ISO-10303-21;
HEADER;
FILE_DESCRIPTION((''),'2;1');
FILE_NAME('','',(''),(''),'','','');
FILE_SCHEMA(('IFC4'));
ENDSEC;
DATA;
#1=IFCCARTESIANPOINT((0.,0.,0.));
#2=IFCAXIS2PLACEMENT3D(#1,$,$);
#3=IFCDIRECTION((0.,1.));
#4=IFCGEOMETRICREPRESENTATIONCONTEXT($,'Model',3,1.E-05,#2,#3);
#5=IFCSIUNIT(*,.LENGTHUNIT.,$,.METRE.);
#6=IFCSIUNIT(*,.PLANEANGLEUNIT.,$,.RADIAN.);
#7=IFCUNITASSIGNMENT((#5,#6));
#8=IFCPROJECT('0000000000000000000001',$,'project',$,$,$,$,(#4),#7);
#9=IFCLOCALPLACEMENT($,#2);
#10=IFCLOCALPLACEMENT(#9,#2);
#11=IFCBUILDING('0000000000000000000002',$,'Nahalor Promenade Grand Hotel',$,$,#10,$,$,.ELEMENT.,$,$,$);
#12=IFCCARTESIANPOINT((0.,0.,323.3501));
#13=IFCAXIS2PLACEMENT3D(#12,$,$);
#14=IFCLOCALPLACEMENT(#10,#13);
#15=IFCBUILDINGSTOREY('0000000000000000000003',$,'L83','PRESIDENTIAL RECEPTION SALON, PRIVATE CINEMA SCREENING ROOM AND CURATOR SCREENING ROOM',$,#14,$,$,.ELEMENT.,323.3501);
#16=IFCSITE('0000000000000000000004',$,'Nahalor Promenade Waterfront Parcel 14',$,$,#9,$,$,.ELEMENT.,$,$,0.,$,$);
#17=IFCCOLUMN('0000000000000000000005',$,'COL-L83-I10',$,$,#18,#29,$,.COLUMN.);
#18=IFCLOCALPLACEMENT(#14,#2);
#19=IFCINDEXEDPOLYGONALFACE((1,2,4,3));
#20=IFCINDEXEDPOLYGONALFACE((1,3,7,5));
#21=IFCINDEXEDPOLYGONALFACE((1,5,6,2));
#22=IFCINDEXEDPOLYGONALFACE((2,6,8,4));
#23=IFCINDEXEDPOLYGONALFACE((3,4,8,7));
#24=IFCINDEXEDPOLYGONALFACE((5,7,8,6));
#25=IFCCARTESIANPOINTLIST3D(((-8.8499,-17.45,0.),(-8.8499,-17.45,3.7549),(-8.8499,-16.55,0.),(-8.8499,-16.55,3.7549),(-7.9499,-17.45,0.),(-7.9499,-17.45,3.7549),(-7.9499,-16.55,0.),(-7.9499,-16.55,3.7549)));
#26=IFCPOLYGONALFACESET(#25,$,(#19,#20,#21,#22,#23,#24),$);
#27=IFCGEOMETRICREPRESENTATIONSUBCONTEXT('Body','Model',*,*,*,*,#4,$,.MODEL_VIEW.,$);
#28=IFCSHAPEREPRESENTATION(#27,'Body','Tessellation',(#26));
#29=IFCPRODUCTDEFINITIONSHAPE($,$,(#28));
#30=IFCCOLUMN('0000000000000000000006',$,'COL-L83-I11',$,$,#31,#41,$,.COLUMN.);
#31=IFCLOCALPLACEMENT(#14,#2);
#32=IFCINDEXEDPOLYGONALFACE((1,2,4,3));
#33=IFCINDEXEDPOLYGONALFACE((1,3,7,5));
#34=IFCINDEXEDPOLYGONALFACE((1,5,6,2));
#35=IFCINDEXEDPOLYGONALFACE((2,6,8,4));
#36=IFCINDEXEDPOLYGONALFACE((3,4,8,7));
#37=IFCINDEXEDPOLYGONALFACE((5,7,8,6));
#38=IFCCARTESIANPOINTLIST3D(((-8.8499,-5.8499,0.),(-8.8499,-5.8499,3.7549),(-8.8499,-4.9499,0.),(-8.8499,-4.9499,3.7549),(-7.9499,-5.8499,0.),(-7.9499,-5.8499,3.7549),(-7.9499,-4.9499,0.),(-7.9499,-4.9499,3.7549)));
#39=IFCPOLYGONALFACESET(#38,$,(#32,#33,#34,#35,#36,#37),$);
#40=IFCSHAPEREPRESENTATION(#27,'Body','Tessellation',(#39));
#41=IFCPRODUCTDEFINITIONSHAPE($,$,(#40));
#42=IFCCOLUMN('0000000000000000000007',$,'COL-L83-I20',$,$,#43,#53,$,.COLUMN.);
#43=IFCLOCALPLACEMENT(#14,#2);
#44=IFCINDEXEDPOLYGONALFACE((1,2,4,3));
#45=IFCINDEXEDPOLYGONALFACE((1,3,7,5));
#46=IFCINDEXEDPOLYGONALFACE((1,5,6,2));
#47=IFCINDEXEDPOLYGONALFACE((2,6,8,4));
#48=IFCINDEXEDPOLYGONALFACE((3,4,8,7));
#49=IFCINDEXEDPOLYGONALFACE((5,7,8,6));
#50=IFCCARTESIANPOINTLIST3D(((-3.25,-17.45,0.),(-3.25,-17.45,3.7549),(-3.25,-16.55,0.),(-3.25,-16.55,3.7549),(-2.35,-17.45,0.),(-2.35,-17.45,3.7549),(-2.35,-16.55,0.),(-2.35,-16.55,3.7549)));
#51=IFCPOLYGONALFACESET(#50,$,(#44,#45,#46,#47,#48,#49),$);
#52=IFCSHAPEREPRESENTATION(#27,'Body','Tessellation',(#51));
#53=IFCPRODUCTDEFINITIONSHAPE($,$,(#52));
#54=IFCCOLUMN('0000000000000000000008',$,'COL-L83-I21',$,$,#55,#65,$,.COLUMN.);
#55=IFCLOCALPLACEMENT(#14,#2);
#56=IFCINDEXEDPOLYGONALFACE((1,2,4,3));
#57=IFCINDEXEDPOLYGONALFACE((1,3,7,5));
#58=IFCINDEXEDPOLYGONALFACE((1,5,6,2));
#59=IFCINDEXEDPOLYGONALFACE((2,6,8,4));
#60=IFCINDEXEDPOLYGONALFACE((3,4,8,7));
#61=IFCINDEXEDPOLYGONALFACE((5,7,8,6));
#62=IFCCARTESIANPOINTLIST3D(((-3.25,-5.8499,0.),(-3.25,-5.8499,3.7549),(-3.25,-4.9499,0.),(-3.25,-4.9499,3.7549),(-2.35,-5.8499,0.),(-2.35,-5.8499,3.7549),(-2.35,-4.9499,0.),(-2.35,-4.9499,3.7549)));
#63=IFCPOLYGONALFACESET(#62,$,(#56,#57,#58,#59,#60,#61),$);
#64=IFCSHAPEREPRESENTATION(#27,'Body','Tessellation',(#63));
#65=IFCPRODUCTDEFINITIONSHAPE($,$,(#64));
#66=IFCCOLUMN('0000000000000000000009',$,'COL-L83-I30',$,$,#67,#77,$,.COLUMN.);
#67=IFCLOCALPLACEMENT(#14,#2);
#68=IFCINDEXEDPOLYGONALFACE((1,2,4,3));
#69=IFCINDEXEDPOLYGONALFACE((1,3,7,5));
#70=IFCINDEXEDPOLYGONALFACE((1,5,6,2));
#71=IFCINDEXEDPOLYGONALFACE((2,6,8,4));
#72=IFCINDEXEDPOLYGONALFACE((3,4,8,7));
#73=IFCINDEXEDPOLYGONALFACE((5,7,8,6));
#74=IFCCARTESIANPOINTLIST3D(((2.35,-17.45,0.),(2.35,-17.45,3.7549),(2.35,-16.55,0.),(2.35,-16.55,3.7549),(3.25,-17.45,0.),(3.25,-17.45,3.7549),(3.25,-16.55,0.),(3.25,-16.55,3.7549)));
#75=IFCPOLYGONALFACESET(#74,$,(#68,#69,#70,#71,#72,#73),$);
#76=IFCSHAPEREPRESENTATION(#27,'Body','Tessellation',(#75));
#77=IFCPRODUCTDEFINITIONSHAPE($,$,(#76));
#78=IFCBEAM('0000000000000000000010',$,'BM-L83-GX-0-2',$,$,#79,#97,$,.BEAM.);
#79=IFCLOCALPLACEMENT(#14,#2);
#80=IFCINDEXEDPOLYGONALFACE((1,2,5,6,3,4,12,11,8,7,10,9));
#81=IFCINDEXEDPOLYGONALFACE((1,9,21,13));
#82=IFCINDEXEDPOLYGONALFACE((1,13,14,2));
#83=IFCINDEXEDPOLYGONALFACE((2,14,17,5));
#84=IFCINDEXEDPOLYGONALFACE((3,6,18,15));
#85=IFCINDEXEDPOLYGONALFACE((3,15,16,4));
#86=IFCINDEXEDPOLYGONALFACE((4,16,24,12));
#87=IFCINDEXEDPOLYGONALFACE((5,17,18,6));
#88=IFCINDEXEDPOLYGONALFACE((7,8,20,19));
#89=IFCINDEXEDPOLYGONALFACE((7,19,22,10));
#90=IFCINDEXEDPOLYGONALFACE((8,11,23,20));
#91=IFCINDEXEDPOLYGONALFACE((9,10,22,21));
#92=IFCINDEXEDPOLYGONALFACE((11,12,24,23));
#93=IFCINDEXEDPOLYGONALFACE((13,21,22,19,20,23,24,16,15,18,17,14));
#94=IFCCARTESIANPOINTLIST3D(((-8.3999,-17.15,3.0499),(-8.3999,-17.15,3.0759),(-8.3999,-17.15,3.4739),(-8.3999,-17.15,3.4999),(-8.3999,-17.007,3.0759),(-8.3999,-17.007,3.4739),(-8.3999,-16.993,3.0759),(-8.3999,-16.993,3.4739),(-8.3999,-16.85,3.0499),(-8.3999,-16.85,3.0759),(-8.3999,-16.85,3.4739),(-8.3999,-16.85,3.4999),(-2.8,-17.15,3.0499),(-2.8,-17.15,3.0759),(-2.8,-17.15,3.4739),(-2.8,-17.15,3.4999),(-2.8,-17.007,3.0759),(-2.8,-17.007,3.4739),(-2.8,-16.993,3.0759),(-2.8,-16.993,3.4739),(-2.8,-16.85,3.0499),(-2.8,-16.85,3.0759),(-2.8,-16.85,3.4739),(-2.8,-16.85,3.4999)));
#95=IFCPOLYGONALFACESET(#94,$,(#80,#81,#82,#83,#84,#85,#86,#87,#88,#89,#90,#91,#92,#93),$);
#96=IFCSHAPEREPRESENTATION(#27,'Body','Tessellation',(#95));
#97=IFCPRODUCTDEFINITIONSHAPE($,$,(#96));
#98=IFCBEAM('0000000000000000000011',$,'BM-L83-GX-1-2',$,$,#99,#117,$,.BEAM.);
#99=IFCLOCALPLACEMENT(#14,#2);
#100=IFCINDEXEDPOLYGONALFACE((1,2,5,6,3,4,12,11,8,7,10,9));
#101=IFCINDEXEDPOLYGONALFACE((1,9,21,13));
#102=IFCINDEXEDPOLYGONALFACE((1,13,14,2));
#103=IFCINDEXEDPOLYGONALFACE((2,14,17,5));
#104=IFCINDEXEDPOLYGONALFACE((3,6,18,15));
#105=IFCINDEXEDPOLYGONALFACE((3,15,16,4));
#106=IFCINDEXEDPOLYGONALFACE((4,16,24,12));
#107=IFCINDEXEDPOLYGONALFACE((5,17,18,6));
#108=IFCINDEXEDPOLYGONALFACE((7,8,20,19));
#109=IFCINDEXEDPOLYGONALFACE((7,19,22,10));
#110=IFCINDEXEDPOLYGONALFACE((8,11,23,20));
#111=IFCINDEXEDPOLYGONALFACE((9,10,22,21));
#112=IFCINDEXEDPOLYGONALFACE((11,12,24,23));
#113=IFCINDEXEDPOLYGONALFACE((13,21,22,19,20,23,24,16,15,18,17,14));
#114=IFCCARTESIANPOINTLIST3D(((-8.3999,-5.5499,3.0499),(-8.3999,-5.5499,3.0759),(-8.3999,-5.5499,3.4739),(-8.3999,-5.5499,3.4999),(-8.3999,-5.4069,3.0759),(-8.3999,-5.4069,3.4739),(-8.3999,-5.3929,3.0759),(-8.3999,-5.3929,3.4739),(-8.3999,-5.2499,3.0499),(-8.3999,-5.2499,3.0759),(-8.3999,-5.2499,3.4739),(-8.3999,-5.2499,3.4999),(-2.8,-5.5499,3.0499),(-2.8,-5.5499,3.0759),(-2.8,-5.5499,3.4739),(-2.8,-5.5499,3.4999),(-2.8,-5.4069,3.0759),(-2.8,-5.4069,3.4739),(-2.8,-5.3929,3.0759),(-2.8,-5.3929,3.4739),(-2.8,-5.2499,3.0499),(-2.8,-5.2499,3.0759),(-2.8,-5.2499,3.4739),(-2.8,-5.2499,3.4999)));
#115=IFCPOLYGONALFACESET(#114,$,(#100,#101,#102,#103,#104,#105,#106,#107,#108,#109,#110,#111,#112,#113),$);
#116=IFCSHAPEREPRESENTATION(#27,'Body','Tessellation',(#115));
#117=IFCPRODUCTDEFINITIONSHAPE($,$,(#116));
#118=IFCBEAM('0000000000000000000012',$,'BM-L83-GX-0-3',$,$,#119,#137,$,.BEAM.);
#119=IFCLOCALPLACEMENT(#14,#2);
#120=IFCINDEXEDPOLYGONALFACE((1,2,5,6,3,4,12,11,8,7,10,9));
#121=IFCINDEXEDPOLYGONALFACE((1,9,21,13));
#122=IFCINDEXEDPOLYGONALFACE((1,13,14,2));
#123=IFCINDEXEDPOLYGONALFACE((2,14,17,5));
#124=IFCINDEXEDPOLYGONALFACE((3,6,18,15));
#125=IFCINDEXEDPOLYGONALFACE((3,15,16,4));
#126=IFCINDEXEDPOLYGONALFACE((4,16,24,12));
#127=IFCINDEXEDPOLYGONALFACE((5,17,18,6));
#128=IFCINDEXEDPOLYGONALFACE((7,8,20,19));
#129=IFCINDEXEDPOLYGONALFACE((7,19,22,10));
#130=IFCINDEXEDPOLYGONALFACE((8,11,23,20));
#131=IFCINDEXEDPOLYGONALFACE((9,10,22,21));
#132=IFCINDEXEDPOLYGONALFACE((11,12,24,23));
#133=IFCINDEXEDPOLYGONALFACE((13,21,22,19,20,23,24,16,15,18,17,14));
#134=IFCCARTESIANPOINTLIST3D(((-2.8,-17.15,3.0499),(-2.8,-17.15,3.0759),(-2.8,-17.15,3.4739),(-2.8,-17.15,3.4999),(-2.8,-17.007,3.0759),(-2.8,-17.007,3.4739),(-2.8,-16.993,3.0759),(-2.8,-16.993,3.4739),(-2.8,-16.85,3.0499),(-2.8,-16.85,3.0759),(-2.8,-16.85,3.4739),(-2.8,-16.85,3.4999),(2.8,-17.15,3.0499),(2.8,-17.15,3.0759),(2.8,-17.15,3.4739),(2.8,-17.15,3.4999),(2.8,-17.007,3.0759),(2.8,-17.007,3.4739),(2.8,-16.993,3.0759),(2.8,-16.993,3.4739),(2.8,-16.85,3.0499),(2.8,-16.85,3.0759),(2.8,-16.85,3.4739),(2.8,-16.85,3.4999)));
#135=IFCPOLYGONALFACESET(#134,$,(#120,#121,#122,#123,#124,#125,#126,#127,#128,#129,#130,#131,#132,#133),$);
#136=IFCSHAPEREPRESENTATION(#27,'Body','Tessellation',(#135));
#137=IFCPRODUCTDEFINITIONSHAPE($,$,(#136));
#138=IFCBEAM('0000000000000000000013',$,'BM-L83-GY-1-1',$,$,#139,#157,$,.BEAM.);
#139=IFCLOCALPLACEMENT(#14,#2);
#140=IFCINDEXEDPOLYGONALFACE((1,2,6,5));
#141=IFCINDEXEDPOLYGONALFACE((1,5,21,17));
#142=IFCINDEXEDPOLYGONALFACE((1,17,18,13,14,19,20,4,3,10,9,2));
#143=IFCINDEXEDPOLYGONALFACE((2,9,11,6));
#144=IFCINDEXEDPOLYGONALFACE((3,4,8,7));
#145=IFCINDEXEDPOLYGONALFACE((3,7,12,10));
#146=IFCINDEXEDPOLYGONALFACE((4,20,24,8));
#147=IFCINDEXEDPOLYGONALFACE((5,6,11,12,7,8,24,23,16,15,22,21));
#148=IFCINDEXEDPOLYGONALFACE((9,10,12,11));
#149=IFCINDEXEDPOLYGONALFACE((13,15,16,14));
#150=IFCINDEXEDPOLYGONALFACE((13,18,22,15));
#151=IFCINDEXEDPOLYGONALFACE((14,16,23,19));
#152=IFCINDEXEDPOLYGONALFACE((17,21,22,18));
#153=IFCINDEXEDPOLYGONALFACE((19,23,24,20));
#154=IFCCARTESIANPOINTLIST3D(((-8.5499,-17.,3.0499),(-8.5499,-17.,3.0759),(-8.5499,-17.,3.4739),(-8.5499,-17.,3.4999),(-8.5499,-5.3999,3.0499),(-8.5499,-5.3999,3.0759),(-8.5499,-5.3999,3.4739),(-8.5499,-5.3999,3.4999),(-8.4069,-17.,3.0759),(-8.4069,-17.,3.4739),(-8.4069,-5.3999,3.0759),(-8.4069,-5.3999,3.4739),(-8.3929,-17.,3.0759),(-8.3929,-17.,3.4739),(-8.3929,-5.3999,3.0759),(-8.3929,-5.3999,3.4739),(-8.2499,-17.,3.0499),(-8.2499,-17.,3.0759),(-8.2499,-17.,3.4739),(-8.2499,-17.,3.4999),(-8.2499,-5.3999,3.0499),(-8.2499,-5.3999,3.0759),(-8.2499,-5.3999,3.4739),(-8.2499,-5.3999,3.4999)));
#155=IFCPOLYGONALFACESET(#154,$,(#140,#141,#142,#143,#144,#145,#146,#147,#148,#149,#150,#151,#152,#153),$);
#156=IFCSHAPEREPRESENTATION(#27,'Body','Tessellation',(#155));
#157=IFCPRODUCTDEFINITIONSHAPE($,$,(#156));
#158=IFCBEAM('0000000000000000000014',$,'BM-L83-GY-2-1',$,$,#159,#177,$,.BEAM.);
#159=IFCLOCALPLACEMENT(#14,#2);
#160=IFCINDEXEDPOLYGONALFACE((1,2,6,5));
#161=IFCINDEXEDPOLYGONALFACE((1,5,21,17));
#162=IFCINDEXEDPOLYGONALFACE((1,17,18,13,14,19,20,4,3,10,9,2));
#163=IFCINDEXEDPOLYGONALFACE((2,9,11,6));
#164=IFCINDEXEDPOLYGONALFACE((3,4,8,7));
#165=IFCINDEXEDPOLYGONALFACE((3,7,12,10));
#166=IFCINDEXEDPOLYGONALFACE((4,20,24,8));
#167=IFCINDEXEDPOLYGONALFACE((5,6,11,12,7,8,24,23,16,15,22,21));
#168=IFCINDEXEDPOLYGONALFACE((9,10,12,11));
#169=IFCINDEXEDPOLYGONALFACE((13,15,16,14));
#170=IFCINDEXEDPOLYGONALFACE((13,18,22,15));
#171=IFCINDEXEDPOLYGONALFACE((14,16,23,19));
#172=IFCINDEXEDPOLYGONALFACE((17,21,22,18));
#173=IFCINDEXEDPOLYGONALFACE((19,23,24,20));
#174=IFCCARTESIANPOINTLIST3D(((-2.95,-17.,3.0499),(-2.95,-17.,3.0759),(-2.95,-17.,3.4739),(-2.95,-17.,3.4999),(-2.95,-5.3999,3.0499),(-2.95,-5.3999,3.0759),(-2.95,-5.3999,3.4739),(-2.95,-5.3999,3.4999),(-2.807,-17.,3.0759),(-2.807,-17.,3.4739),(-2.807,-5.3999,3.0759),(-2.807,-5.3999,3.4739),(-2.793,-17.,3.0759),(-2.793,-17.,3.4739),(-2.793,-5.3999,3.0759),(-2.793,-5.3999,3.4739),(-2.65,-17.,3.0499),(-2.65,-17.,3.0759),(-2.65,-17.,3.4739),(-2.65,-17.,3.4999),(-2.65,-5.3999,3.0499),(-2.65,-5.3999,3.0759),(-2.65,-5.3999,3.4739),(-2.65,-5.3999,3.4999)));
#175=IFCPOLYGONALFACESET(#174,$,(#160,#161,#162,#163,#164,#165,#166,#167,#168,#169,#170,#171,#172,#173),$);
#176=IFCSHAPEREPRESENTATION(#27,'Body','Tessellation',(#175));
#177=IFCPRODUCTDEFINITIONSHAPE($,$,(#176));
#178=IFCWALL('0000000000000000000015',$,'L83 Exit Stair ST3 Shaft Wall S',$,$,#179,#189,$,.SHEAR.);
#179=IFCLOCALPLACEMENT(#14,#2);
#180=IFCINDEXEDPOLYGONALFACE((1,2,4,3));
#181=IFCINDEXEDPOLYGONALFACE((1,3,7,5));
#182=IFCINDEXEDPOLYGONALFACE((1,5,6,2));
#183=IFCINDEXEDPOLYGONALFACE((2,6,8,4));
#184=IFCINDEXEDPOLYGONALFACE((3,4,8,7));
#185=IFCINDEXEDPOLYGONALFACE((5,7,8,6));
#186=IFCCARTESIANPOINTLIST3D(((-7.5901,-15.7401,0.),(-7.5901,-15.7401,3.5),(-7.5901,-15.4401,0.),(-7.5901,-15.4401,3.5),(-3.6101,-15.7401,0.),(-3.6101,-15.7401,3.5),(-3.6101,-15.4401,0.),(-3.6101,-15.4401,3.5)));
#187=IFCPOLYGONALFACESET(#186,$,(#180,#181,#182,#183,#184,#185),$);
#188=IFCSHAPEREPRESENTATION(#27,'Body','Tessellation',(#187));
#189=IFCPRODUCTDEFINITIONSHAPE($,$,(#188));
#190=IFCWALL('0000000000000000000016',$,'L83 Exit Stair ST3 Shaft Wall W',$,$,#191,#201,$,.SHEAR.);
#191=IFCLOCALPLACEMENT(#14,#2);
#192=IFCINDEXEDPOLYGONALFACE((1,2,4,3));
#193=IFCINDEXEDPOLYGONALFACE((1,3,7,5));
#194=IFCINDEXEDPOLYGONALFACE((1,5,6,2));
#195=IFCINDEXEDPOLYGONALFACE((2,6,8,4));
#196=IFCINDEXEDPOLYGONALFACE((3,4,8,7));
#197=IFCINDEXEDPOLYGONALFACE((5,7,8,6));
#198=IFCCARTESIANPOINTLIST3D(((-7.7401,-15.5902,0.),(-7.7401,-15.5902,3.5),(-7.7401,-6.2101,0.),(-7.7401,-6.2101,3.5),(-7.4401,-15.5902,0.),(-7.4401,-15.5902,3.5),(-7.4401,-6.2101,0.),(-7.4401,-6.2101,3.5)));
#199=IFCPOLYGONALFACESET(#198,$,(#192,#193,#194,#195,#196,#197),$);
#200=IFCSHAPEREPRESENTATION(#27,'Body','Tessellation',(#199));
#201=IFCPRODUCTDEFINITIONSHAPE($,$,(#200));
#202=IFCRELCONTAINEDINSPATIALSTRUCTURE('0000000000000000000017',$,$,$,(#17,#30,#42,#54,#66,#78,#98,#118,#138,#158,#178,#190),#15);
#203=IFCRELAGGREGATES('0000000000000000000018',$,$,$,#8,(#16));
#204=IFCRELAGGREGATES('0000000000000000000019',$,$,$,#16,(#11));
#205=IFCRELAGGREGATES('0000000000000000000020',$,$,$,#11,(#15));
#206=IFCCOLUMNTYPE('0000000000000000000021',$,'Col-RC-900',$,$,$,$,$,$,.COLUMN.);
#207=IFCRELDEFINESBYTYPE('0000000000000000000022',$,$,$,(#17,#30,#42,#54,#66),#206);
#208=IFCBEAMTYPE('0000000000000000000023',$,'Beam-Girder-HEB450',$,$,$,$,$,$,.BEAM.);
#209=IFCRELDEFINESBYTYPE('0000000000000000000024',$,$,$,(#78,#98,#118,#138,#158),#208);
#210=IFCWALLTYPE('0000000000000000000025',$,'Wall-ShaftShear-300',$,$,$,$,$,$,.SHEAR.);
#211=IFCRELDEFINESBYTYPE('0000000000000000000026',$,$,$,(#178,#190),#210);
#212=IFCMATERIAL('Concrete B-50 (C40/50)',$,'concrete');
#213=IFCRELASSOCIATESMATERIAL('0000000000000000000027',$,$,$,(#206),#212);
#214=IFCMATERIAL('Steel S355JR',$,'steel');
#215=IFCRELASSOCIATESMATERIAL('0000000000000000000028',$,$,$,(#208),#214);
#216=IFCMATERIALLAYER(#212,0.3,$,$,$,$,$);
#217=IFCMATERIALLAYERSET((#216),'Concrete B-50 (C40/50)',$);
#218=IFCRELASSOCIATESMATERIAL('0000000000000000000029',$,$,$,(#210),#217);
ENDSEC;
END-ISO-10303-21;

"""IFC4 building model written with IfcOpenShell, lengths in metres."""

from ifc_helpers import new_model, si_unit, direction, frame, frame_2d, origin, origin_2d, place, context, subcontext, project, spatial, rectangle, i_section, extrude, source, transform, mapped, material, layer, layer_set, material_profile, profile_set, type_object, element, save


model = new_model("IFC4")

# Units and contexts
model_context = context("Model", 3, precision=1e-05, world=origin(), true_north=direction((0.0, 1.0)))
body_context = subcontext(model_context, "Body", "Model", "MODEL_VIEW")
ifc_project = project(units=[si_unit("LENGTHUNIT", "METRE"), si_unit("PLANEANGLEUNIT", "RADIAN")], contexts=[model_context])

# Site, building, storey
site_placement = place(None, origin())
site = spatial("IfcSite", under=ifc_project, at=site_placement, Name="Nahalor Promenade Waterfront Parcel 14", CompositionType="ELEMENT", RefElevation=0.0)
building_placement = place(site_placement, origin())
building = spatial("IfcBuilding", under=site, at=building_placement, Name="Nahalor Promenade Grand Hotel", CompositionType="ELEMENT")
storey_placement = place(building_placement, frame((0.0, 0.0, 323.3501)))
storey = spatial("IfcBuildingStorey", under=building, at=storey_placement, Name="L83", Description="PRESIDENTIAL RECEPTION SALON, PRIVATE CINEMA SCREENING ROOM AND CURATOR SCREENING ROOM", CompositionType="ELEMENT", Elevation=323.3501)

# Columns
ifc_material_1 = material(Name="Concrete B-50 (C40/50)", Category="concrete")
ifc_material_profile_1 = material_profile(ifc_material_1, rectangle(XDim=0.9, YDim=0.9, at=origin_2d()), Name="RC 900x900")
ifc_profile_set_1 = profile_set([ifc_material_profile_1], Name="Concrete B-50 (C40/50)")
column_type = type_object("IfcColumnType", Name="Col-RC-900", PredefinedType="COLUMN", material=ifc_profile_set_1)
shared_shape_1 = source(origin(), body_context, "Body", "SweptSolid", [
    extrude(rectangle(XDim=0.9, YDim=0.9, at=origin_2d()), origin(), (0.0, 0.0, 1.0), 3.7549),
])
for number, where, z_axis, x_axis, name in (
    (1, (-8.3999, -17.0, 0.0), (0.0, 0.0, 1.0), (1.0, 0.0, 0.0), "COL-L83-I10"),
    (2, (-8.3999, -5.3999, 0.0), (0.0, 0.0, 1.0), (1.0, 0.0, 0.0), "COL-L83-I11"),
    (3, (-2.8, -17.0, 0.0), (0.0, 0.0, 1.0), (1.0, 0.0, 0.0), "COL-L83-I20"),
    (4, (-2.8, -5.3999, 0.0), (0.0, 0.0, 1.0), (1.0, 0.0, 0.0), "COL-L83-I21"),
    (5, (2.8, -17.0, 0.0), (0.0, 0.0, 1.0), (1.0, 0.0, 0.0), "COL-L83-I30"),
):
    element("IfcColumn", number, at=place(storey_placement, frame(where, z_axis=z_axis, x_axis=x_axis)), inside=storey, type_object=column_type, Name=name, PredefinedType="COLUMN", context=body_context, shape_type="MappedRepresentation", body=[
        mapped(shared_shape_1, transform((0.0, 0.0, 0.0), scale=1.0)),
    ])

# Beams
ifc_material_2 = material(Name="Steel S355JR", Category="steel")
ifc_material_profile_2 = material_profile(ifc_material_2, i_section(OverallWidth=0.3, OverallDepth=0.45, WebThickness=0.014, FlangeThickness=0.026, at=origin_2d()), Name="HEB 450")
ifc_profile_set_2 = profile_set([ifc_material_profile_2], Name="Steel S355JR")
beam_type = type_object("IfcBeamType", Name="Beam-Girder-HEB450", PredefinedType="BEAM", material=ifc_profile_set_2)
shared_shape_2 = source(origin(), body_context, "Body", "SweptSolid", [
    extrude(i_section(OverallWidth=0.3, OverallDepth=0.45, WebThickness=0.014, FlangeThickness=0.026, at=origin_2d()), origin(), (0.0, 0.0, 1.0), 5.5999),
])
for number, where, z_axis, x_axis, name in (
    (6, (-8.3999, -17.0, 3.2749), (1.0, 0.0, 0.0), (0.0, 1.0, 0.0), "BM-L83-GX-0-2"),
    (7, (-8.3999, -5.3999, 3.2749), (1.0, 0.0, 0.0), (0.0, 1.0, 0.0), "BM-L83-GX-1-2"),
):
    element("IfcBeam", number, at=place(storey_placement, frame(where, z_axis=z_axis, x_axis=x_axis)), inside=storey, type_object=beam_type, Name=name, PredefinedType="BEAM", context=body_context, shape_type="MappedRepresentation", body=[
        mapped(shared_shape_2, transform((0.0, 0.0, 0.0), scale=1.0)),
    ])
shared_shape_3 = source(origin(), body_context, "Body", "SweptSolid", [
    extrude(i_section(OverallWidth=0.3, OverallDepth=0.45, WebThickness=0.014, FlangeThickness=0.026, at=origin_2d()), origin(), (0.0, 0.0, 1.0), 5.6001),
])
beam_placement = place(storey_placement, frame((-2.8, -17.0, 3.2749), z_axis=(1.0, 0.0, 0.0), x_axis=(0.0, 1.0, 0.0)))
element("IfcBeam", 8, at=beam_placement, inside=storey, type_object=beam_type, Name="BM-L83-GX-0-3", PredefinedType="BEAM", context=body_context, shape_type="MappedRepresentation", body=[
    mapped(shared_shape_3, transform((0.0, 0.0, 0.0), scale=1.0)),
])
shared_shape_4 = source(origin(), body_context, "Body", "SweptSolid", [
    extrude(i_section(OverallWidth=0.3, OverallDepth=0.45, WebThickness=0.014, FlangeThickness=0.026, at=origin_2d()), origin(), (0.0, 0.0, 1.0), 11.6001),
])
for number, where, z_axis, x_axis, name in (
    (9, (-8.3999, -17.0, 3.2749), (0.0, 1.0, 0.0), (-1.0, 0.0, 0.0), "BM-L83-GY-1-1"),
    (10, (-2.8, -17.0, 3.2749), (0.0, 1.0, 0.0), (-1.0, 0.0, 0.0), "BM-L83-GY-2-1"),
):
    element("IfcBeam", number, at=place(storey_placement, frame(where, z_axis=z_axis, x_axis=x_axis)), inside=storey, type_object=beam_type, Name=name, PredefinedType="BEAM", context=body_context, shape_type="MappedRepresentation", body=[
        mapped(shared_shape_4, transform((0.0, 0.0, 0.0), scale=1.0)),
    ])

# Wall
ifc_layer_1 = layer(ifc_material_1, 0.3)
ifc_layer_set_1 = layer_set([ifc_layer_1], Name="Concrete B-50 (C40/50)")
wall_type_1 = type_object("IfcWallType", Name="Wall-ShaftShear-300", PredefinedType="SHEAR", material=ifc_layer_set_1)
shared_shape_5 = source(origin(), body_context, "Body", "SweptSolid", [
    extrude(rectangle(XDim=3.98, YDim=0.3, at=frame_2d((1.99, 0.0))), origin(), (0.0, 0.0, 1.0), 3.5),
])
wall_1_placement = place(storey_placement, frame((-7.5901, -15.5901, 0.0), z_axis=(0.0, 0.0, 1.0), x_axis=(1.0, 0.0, 0.0)))
element("IfcWall", 11, at=wall_1_placement, inside=storey, type_object=wall_type_1, Name="L83 Exit Stair ST3 Shaft Wall S", PredefinedType="SHEAR", context=body_context, shape_type="MappedRepresentation", body=[
    mapped(shared_shape_5, transform((0.0, 0.0, 0.0), scale=1.0)),
])

# Wall
shared_shape_6 = source(origin(), body_context, "Body", "SweptSolid", [
    extrude(rectangle(XDim=9.3801, YDim=0.3, at=frame_2d((4.6899, 0.0))), origin(), (0.0, 0.0, 1.0), 3.5),
])
for number, where, z_axis, x_axis, name in (
    (12, (-7.5901, -15.5901, 0.0), (0.0, 0.0, 1.0), (0.0, 1.0, 0.0), "L83 Exit Stair ST3 Shaft Wall W"),
):
    element("IfcWall", number, at=place(storey_placement, frame(where, z_axis=z_axis, x_axis=x_axis)), inside=storey, type_object=wall_type_1, Name=name, PredefinedType="SHEAR", context=body_context, shape_type="MappedRepresentation", body=[
        mapped(shared_shape_6, transform((0.0, 0.0, 0.0), scale=1.0)),
    ])

save(model, "model.ifc")
